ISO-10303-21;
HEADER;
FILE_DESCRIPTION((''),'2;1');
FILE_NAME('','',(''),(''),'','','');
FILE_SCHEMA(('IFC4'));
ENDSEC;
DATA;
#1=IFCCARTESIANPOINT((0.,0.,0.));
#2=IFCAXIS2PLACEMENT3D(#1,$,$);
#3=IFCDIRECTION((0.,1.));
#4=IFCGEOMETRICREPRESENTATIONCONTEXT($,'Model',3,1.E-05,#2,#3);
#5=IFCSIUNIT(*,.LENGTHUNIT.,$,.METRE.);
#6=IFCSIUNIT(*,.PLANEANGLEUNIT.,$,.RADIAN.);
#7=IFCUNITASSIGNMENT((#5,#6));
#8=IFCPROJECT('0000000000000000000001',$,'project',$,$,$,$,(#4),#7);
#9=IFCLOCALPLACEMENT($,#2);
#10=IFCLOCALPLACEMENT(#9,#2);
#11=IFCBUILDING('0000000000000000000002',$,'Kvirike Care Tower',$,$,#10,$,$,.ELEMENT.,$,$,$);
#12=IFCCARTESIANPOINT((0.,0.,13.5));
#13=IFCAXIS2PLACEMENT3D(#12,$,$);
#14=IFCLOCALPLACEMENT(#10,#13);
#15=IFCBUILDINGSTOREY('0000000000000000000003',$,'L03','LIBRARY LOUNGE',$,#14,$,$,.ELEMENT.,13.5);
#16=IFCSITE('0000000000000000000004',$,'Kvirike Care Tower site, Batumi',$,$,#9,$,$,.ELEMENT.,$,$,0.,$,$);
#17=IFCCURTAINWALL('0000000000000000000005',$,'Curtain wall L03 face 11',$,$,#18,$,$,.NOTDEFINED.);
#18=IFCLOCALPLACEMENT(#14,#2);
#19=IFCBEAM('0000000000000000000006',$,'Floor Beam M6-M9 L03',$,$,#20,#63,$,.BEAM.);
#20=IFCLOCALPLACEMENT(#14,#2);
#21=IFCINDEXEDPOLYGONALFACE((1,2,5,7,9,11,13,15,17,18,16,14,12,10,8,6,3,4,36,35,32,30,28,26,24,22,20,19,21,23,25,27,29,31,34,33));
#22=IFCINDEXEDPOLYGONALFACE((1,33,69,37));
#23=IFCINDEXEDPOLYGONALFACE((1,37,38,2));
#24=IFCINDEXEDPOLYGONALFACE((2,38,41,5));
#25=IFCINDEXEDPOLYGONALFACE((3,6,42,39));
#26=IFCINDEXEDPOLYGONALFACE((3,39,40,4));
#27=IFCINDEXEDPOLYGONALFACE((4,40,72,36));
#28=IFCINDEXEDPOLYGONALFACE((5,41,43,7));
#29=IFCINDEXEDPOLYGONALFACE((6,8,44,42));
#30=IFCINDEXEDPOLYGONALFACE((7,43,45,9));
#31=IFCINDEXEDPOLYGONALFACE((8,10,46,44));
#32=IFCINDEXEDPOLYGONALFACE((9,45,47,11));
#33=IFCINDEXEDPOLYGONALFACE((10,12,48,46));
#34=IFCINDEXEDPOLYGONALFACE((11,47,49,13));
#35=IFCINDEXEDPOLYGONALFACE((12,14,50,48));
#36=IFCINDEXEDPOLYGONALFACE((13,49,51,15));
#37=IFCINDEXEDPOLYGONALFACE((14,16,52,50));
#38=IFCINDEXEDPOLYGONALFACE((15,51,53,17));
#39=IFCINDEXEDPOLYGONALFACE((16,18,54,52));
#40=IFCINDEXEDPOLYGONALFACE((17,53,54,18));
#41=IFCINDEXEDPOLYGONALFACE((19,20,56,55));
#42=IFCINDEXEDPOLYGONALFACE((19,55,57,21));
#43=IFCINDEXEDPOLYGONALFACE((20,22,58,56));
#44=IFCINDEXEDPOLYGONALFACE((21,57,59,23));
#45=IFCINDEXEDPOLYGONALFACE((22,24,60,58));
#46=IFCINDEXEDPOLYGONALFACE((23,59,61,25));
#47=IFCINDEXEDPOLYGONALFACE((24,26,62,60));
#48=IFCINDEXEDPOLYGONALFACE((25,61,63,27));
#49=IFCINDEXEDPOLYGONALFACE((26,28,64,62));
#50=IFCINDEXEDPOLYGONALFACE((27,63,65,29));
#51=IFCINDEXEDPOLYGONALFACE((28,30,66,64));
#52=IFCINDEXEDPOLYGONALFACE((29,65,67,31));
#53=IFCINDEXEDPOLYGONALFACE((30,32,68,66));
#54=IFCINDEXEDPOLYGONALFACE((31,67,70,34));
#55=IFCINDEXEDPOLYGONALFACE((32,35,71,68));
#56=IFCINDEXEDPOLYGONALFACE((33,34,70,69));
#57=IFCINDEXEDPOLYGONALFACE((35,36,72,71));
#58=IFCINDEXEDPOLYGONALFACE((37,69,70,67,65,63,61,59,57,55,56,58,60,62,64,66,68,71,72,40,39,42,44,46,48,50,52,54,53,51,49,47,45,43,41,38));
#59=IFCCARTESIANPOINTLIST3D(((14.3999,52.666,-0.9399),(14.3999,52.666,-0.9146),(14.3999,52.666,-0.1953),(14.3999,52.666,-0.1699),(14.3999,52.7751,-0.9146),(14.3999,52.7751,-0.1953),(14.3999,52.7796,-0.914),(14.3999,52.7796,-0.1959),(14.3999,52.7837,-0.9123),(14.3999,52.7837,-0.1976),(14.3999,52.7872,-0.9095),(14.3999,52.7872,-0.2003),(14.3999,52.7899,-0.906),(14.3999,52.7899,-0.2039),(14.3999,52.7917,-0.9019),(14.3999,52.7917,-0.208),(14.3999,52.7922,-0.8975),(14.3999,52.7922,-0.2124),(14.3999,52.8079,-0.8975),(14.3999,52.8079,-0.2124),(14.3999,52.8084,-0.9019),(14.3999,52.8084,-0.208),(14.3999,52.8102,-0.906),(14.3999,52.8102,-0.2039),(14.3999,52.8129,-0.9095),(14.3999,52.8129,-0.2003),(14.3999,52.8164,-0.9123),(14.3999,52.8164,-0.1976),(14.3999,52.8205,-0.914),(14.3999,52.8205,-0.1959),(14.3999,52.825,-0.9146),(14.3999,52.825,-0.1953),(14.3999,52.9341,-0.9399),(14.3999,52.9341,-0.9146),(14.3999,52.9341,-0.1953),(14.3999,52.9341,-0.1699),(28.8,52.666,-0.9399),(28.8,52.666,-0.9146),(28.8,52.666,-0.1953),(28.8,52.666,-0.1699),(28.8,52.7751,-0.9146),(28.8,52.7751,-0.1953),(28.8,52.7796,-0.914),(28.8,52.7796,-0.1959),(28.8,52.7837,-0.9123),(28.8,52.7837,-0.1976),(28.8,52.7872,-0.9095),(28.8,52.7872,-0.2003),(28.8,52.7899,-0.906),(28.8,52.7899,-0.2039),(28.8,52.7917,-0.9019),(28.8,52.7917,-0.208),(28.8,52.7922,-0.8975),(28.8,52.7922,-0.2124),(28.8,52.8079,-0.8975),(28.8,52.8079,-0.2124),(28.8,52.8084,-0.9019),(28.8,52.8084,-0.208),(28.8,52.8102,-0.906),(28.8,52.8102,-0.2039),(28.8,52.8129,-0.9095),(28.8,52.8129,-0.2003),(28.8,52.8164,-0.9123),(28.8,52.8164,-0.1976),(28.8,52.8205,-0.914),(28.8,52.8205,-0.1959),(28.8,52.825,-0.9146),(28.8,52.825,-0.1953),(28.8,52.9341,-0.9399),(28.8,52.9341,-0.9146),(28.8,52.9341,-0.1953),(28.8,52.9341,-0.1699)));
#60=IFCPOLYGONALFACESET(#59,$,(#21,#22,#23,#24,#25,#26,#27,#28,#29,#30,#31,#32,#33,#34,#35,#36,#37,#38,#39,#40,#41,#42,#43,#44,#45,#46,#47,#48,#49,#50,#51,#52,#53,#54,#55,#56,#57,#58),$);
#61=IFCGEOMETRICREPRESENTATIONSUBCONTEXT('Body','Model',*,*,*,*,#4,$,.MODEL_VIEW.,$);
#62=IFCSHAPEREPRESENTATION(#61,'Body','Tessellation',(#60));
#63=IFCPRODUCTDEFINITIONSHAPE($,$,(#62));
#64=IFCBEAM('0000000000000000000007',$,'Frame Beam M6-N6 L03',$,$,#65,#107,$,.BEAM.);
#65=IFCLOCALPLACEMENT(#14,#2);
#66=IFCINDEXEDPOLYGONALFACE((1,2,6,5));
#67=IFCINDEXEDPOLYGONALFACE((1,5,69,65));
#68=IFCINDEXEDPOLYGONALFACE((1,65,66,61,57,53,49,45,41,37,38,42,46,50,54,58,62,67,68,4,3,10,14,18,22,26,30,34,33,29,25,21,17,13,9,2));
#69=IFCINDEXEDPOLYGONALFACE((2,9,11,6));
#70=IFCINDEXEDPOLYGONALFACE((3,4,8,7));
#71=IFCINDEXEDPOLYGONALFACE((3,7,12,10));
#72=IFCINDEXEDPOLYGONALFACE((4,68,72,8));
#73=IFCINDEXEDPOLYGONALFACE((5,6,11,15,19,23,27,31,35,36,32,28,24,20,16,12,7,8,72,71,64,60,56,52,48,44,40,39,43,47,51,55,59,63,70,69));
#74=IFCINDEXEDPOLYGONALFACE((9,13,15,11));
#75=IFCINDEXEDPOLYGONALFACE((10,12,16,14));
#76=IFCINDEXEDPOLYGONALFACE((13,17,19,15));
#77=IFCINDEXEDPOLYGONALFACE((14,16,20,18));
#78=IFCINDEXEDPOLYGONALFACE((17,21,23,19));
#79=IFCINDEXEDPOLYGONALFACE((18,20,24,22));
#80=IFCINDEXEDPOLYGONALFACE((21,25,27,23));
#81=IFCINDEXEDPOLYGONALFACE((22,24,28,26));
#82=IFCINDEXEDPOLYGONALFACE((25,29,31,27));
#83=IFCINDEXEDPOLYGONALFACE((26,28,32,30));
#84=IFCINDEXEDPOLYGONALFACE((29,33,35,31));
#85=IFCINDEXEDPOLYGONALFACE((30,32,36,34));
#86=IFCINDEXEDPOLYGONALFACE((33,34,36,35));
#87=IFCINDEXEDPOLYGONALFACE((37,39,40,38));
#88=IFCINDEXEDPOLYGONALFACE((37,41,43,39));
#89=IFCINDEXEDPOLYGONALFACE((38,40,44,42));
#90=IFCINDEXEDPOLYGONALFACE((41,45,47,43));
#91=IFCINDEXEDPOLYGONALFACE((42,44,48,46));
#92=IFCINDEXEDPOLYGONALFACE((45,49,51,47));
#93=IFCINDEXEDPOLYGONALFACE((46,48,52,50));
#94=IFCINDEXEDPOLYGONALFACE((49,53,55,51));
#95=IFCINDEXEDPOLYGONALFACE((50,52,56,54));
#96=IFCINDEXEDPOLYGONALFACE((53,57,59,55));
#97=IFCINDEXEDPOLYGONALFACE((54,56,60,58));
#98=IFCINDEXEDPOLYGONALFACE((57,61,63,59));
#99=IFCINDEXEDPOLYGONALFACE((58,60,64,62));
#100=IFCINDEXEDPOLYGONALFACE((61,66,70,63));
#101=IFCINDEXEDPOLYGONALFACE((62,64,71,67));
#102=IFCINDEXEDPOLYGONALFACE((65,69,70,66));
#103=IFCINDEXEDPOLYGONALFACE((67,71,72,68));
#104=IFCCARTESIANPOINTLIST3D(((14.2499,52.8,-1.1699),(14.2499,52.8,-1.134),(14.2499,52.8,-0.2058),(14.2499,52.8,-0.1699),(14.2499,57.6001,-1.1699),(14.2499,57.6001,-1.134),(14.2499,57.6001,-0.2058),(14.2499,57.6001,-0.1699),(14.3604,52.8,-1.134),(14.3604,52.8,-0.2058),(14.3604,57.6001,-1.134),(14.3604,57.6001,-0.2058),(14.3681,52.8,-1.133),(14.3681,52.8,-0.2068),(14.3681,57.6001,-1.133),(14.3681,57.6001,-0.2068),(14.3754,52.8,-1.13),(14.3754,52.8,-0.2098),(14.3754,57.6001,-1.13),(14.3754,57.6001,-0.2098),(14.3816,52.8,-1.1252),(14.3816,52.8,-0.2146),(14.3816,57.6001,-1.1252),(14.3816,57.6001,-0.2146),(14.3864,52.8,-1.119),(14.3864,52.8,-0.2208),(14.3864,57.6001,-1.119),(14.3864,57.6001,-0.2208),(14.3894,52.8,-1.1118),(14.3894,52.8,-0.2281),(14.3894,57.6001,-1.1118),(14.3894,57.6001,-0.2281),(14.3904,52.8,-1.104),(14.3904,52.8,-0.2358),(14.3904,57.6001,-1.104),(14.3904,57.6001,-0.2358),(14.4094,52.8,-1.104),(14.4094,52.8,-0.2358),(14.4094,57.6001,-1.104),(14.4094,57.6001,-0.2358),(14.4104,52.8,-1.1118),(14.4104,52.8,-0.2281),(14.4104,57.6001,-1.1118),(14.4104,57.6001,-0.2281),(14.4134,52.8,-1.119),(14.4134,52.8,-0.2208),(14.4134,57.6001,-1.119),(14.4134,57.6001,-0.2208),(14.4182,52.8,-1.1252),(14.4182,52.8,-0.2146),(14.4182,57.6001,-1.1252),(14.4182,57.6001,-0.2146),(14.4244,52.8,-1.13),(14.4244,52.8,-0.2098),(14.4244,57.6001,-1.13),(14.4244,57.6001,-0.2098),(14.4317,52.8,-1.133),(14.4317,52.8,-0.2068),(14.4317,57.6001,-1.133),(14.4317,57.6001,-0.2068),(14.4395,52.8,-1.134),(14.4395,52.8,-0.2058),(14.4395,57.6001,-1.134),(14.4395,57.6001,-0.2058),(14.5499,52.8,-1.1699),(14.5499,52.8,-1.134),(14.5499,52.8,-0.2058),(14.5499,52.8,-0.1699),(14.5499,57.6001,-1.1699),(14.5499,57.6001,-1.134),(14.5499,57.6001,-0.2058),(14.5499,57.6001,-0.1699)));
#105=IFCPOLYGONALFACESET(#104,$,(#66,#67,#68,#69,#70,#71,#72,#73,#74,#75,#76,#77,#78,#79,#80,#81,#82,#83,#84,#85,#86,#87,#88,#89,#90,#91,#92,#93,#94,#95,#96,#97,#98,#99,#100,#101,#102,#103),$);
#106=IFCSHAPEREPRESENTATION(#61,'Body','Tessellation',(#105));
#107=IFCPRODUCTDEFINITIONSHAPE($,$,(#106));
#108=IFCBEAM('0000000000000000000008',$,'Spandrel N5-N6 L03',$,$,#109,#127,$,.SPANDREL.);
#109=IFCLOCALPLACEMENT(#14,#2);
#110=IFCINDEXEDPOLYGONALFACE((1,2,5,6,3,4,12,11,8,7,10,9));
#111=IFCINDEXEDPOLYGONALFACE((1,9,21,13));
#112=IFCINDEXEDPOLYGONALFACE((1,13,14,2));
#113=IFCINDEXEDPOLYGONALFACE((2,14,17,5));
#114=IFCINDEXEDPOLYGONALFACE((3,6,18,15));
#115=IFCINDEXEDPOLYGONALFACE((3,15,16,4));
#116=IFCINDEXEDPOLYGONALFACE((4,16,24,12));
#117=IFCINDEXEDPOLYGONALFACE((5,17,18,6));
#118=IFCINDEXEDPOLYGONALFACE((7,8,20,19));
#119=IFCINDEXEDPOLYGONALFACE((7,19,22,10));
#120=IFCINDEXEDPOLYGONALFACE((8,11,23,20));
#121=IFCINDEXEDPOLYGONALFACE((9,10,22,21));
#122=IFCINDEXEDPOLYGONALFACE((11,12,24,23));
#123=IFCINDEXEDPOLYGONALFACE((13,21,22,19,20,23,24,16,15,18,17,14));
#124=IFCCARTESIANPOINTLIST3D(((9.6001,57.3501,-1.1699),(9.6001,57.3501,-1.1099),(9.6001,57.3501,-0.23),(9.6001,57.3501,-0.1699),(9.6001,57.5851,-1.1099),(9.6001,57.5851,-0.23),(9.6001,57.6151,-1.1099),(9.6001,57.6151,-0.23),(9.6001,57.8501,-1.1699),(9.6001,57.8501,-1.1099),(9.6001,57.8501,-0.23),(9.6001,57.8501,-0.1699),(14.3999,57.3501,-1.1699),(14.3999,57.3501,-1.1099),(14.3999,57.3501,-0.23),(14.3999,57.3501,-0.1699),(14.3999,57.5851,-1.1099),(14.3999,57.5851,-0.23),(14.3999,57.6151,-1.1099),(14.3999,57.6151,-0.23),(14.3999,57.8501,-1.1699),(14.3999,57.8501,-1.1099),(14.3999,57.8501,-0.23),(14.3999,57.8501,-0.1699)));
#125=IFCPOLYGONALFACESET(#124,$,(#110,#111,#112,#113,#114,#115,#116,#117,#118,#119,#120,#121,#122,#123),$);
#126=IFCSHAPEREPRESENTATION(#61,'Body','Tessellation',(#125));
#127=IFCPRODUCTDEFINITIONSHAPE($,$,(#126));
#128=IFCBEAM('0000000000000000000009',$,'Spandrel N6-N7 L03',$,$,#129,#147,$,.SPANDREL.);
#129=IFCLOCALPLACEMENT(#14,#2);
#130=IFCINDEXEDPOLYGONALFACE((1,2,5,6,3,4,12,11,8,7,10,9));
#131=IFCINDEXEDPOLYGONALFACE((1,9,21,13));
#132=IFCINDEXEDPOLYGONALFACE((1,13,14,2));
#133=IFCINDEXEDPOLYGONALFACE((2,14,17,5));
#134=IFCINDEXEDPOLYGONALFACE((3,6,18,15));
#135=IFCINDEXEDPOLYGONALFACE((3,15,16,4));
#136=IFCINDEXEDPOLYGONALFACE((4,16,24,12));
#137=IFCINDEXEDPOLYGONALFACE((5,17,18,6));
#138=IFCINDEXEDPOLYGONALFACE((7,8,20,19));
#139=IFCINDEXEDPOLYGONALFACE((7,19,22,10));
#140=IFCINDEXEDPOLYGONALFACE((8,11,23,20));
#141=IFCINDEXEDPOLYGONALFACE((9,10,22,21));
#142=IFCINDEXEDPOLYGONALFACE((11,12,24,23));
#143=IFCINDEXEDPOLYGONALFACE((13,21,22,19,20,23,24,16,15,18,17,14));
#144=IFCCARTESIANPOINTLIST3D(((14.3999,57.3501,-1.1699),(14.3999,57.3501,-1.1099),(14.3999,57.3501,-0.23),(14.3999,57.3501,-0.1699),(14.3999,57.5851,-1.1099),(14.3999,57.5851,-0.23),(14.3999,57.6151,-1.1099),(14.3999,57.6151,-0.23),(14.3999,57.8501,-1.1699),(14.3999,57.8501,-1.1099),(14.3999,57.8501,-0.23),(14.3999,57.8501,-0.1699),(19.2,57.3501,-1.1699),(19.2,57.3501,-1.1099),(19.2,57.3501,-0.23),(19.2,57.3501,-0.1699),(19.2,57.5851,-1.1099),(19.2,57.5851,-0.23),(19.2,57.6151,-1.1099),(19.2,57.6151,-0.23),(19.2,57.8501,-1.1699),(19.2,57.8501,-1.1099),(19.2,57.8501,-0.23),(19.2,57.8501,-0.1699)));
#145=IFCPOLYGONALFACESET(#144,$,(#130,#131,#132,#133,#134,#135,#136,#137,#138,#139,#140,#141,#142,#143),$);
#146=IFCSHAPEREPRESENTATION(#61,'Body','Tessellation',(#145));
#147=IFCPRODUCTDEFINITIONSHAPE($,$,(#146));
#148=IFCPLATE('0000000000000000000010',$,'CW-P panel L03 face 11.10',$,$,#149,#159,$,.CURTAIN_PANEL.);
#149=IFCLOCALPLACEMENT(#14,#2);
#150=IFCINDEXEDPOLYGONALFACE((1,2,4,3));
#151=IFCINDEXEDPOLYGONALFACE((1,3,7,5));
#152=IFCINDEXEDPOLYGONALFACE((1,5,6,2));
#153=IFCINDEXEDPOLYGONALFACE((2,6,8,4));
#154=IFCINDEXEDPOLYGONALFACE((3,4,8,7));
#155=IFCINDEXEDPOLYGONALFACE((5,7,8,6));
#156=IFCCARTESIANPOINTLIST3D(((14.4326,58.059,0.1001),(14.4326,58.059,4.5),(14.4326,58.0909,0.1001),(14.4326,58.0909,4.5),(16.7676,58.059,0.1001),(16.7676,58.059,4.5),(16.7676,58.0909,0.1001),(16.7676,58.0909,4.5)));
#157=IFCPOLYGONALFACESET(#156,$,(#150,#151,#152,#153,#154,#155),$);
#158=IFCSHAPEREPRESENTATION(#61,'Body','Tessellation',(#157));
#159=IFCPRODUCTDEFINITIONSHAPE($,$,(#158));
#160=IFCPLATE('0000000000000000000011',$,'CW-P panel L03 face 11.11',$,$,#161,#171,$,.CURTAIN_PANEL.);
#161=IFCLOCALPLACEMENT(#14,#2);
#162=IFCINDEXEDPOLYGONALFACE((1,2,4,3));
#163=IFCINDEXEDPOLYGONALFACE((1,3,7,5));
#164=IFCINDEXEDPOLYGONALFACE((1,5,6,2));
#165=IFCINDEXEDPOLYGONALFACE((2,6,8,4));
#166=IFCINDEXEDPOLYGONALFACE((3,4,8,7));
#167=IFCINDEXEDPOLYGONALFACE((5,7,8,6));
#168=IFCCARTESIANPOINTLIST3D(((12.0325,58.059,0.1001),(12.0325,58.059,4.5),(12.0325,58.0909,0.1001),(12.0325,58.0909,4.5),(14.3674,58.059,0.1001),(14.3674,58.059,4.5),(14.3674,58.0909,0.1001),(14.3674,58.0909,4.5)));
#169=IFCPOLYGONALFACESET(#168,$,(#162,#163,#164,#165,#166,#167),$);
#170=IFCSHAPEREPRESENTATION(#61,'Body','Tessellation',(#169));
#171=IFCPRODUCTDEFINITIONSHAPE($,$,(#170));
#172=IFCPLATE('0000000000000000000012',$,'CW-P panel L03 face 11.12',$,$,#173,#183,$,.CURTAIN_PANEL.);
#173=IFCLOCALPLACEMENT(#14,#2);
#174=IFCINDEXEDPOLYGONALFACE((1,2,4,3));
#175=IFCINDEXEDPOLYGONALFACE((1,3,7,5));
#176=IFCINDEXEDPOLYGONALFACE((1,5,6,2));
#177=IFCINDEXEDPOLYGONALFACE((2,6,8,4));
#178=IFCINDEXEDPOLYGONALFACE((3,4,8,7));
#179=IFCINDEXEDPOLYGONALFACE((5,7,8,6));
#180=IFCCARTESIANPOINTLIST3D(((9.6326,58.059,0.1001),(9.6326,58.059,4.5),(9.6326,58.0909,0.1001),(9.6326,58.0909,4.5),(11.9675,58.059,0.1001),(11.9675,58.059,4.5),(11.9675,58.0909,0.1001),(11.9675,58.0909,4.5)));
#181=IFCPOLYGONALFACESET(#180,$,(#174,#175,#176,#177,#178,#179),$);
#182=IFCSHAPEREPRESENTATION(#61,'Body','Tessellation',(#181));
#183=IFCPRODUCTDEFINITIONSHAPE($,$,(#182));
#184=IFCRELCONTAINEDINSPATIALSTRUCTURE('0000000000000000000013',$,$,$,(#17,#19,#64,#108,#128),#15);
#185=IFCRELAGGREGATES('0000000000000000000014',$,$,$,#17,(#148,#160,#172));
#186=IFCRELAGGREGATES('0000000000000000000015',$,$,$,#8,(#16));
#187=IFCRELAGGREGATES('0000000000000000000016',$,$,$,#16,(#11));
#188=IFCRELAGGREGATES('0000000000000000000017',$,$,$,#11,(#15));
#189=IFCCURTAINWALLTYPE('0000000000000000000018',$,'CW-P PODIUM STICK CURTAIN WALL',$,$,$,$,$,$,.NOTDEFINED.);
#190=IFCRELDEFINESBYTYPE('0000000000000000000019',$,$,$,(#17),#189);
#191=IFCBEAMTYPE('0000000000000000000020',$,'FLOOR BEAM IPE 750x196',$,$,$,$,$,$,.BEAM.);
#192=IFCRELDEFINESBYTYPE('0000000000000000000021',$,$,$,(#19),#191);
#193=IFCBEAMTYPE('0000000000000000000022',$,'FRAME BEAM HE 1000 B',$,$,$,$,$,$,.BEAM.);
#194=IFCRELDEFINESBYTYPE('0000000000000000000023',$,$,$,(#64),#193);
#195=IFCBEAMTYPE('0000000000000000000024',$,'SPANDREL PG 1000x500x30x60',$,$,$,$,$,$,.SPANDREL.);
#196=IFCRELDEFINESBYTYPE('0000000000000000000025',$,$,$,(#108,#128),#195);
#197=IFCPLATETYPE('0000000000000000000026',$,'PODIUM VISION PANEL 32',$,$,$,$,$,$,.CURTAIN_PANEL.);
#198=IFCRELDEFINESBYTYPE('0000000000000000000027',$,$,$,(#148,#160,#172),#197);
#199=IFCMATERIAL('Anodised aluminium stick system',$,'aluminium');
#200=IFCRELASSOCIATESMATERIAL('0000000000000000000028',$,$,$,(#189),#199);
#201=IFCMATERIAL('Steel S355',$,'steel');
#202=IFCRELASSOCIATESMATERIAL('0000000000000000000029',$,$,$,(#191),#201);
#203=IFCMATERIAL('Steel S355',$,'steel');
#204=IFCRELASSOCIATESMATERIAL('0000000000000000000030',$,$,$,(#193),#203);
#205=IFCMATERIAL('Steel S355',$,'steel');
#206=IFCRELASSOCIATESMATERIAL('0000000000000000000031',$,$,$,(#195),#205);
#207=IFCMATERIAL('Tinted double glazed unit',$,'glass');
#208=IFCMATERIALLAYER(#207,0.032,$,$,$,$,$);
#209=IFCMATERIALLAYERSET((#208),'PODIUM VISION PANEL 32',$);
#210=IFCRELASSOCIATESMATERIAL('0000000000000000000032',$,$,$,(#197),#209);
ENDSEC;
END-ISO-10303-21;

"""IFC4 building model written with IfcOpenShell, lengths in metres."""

from ifc_helpers import new_model, si_unit, direction, frame, origin, origin_2d, place, context, subcontext, project, spatial, rectangle, i_section, extrude, material, layer, layer_set, material_profile, profile_set, type_object, element, aggregate, save


model = new_model("IFC4")

# Units and contexts
model_context = context("Model", 3, precision=1e-05, world=origin(), true_north=direction((0.0, 1.0)))
body_context = subcontext(model_context, "Body", "Model", "MODEL_VIEW")
ifc_project = project(units=[si_unit("LENGTHUNIT", "METRE"), si_unit("PLANEANGLEUNIT", "RADIAN")], contexts=[model_context])

# Site, building, storey
site_placement = place(None, origin())
site = spatial("IfcSite", under=ifc_project, at=site_placement, Name="Kvirike Care Tower site, Batumi", CompositionType="ELEMENT", RefElevation=0.0)
building_placement = place(site_placement, origin())
building = spatial("IfcBuilding", under=site, at=building_placement, Name="Kvirike Care Tower", CompositionType="ELEMENT")
storey_placement = place(building_placement, frame((0.0, 0.0, 13.5)))
storey = spatial("IfcBuildingStorey", under=building, at=storey_placement, Name="L03", Description="LIBRARY LOUNGE", CompositionType="ELEMENT", Elevation=13.5)

# Curtain wall
ifc_material_1 = material(Name="Anodised aluminium stick system", Category="aluminium")
curtain_wall_type = type_object("IfcCurtainWallType", Name="CW-P PODIUM STICK CURTAIN WALL", PredefinedType="NOTDEFINED", material=ifc_material_1)
curtain_wall_placement = place(storey_placement, origin())
curtain_wall = element("IfcCurtainWall", 1, at=curtain_wall_placement, inside=storey, type_object=curtain_wall_type, Name="Curtain wall L03 face 11", PredefinedType="NOTDEFINED")

# Beams
ifc_material_2 = material(Name="Steel S355", Category="steel")
ifc_material_profile_1 = material_profile(ifc_material_2, i_section(OverallWidth=0.2681, OverallDepth=0.77, WebThickness=0.0156, FlangeThickness=0.0254, FilletRadius=0.0171, at=origin_2d()), Name="IPE 750x196")
ifc_profile_set_1 = profile_set([ifc_material_profile_1], Name="Steel S355")
beam_type_1 = type_object("IfcBeamType", Name="FLOOR BEAM IPE 750x196", PredefinedType="BEAM", material=ifc_profile_set_1)
beam_1_placement = place(storey_placement, frame((14.3999, 52.8, -0.5549), z_axis=(1.0, 0.0, 0.0), x_axis=(0.0, 1.0, 0.0)))
element("IfcBeam", 2, at=beam_1_placement, inside=storey, type_object=beam_type_1, Name="Floor Beam M6-M9 L03", PredefinedType="BEAM", context=body_context, shape_type="SweptSolid", body=[
    extrude(i_section(OverallWidth=0.2681, OverallDepth=0.77, WebThickness=0.0156, FlangeThickness=0.0254, FilletRadius=0.0171, at=origin_2d()), origin(), (0.0, 0.0, 1.0), 14.4001),
])
ifc_material_3 = material(Name="Steel S355", Category="steel")
ifc_material_profile_2 = material_profile(ifc_material_3, i_section(OverallWidth=0.3, OverallDepth=1.0, WebThickness=0.019, FlangeThickness=0.0359, FilletRadius=0.03, at=origin_2d()), Name="HE 1000 B")
ifc_profile_set_2 = profile_set([ifc_material_profile_2], Name="Steel S355")
beam_type_2 = type_object("IfcBeamType", Name="FRAME BEAM HE 1000 B", PredefinedType="BEAM", material=ifc_profile_set_2)
beam_2_placement = place(storey_placement, frame((14.3999, 52.8, -0.6699), z_axis=(0.0, 1.0, 0.0), x_axis=(-1.0, 0.0, 0.0)))
element("IfcBeam", 3, at=beam_2_placement, inside=storey, type_object=beam_type_2, Name="Frame Beam M6-N6 L03", PredefinedType="BEAM", context=body_context, shape_type="SweptSolid", body=[
    extrude(i_section(OverallWidth=0.3, OverallDepth=1.0, WebThickness=0.019, FlangeThickness=0.0359, FilletRadius=0.03, at=origin_2d()), origin(), (0.0, 0.0, 1.0), 4.8),
])
ifc_material_4 = material(Name="Steel S355", Category="steel")
ifc_material_profile_3 = material_profile(ifc_material_4, i_section(OverallWidth=0.5, OverallDepth=1.0, WebThickness=0.03, FlangeThickness=0.0601, at=origin_2d()), Name="PG 1000x500x30x60")
ifc_profile_set_3 = profile_set([ifc_material_profile_3], Name="Steel S355")
beam_type_3 = type_object("IfcBeamType", Name="SPANDREL PG 1000x500x30x60", PredefinedType="SPANDREL", material=ifc_profile_set_3)
beam_3_placement = place(storey_placement, frame((9.6001, 57.6001, -0.6699), z_axis=(1.0, 0.0, 0.0), x_axis=(0.0, 1.0, 0.0)))
element("IfcBeam", 4, at=beam_3_placement, inside=storey, type_object=beam_type_3, Name="Spandrel N5-N6 L03", PredefinedType="SPANDREL", context=body_context, shape_type="SweptSolid", body=[
    extrude(i_section(OverallWidth=0.5, OverallDepth=1.0, WebThickness=0.03, FlangeThickness=0.0601, at=origin_2d()), origin(), (0.0, 0.0, 1.0), 4.7998),
])
beam_4_placement = place(storey_placement, frame((14.3999, 57.6001, -0.6699), z_axis=(1.0, 0.0, 0.0), x_axis=(0.0, 1.0, 0.0)))
element("IfcBeam", 5, at=beam_4_placement, inside=storey, type_object=beam_type_3, Name="Spandrel N6-N7 L03", PredefinedType="SPANDREL", context=body_context, shape_type="SweptSolid", body=[
    extrude(i_section(OverallWidth=0.5, OverallDepth=1.0, WebThickness=0.03, FlangeThickness=0.0601, at=origin_2d()), origin(), (0.0, 0.0, 1.0), 4.8),
])

# Plates
ifc_material_5 = material(Name="Tinted double glazed unit", Category="glass")
ifc_layer_1 = layer(ifc_material_5, 0.032)
ifc_layer_set_1 = layer_set([ifc_layer_1], Name="PODIUM VISION PANEL 32")
plate_type = type_object("IfcPlateType", Name="PODIUM VISION PANEL 32", PredefinedType="CURTAIN_PANEL", material=ifc_layer_set_1)
plate_1_placement = place(storey_placement, frame((15.6001, 58.075, 0.1001), z_axis=(0.0, 0.0, 1.0), x_axis=(-1.0, 0.0, 0.0)))
plate_1 = element("IfcPlate", 6, at=plate_1_placement, type_object=plate_type, Name="CW-P panel L03 face 11.10", PredefinedType="CURTAIN_PANEL", context=body_context, shape_type="SweptSolid", body=[
    extrude(rectangle(XDim=2.335, YDim=0.032, at=origin_2d()), origin(), (0.0, 0.0, 1.0), 4.3999),
])
plate_2_placement = place(storey_placement, frame((13.2, 58.075, 0.1001), z_axis=(0.0, 0.0, 1.0), x_axis=(-1.0, 0.0, 0.0)))
plate_2 = element("IfcPlate", 7, at=plate_2_placement, type_object=plate_type, Name="CW-P panel L03 face 11.11", PredefinedType="CURTAIN_PANEL", context=body_context, shape_type="SweptSolid", body=[
    extrude(rectangle(XDim=2.335, YDim=0.032, at=origin_2d()), origin(), (0.0, 0.0, 1.0), 4.3999),
])
plate_3_placement = place(storey_placement, frame((10.8, 58.075, 0.1001), z_axis=(0.0, 0.0, 1.0), x_axis=(-1.0, 0.0, 0.0)))
plate_3 = element("IfcPlate", 8, at=plate_3_placement, type_object=plate_type, Name="CW-P panel L03 face 11.12", PredefinedType="CURTAIN_PANEL", context=body_context, shape_type="SweptSolid", body=[
    extrude(rectangle(XDim=2.335, YDim=0.032, at=origin_2d()), origin(), (0.0, 0.0, 1.0), 4.3999),
])
aggregate(curtain_wall, [plate_1, plate_2, plate_3])

save(model, "model.ifc")
